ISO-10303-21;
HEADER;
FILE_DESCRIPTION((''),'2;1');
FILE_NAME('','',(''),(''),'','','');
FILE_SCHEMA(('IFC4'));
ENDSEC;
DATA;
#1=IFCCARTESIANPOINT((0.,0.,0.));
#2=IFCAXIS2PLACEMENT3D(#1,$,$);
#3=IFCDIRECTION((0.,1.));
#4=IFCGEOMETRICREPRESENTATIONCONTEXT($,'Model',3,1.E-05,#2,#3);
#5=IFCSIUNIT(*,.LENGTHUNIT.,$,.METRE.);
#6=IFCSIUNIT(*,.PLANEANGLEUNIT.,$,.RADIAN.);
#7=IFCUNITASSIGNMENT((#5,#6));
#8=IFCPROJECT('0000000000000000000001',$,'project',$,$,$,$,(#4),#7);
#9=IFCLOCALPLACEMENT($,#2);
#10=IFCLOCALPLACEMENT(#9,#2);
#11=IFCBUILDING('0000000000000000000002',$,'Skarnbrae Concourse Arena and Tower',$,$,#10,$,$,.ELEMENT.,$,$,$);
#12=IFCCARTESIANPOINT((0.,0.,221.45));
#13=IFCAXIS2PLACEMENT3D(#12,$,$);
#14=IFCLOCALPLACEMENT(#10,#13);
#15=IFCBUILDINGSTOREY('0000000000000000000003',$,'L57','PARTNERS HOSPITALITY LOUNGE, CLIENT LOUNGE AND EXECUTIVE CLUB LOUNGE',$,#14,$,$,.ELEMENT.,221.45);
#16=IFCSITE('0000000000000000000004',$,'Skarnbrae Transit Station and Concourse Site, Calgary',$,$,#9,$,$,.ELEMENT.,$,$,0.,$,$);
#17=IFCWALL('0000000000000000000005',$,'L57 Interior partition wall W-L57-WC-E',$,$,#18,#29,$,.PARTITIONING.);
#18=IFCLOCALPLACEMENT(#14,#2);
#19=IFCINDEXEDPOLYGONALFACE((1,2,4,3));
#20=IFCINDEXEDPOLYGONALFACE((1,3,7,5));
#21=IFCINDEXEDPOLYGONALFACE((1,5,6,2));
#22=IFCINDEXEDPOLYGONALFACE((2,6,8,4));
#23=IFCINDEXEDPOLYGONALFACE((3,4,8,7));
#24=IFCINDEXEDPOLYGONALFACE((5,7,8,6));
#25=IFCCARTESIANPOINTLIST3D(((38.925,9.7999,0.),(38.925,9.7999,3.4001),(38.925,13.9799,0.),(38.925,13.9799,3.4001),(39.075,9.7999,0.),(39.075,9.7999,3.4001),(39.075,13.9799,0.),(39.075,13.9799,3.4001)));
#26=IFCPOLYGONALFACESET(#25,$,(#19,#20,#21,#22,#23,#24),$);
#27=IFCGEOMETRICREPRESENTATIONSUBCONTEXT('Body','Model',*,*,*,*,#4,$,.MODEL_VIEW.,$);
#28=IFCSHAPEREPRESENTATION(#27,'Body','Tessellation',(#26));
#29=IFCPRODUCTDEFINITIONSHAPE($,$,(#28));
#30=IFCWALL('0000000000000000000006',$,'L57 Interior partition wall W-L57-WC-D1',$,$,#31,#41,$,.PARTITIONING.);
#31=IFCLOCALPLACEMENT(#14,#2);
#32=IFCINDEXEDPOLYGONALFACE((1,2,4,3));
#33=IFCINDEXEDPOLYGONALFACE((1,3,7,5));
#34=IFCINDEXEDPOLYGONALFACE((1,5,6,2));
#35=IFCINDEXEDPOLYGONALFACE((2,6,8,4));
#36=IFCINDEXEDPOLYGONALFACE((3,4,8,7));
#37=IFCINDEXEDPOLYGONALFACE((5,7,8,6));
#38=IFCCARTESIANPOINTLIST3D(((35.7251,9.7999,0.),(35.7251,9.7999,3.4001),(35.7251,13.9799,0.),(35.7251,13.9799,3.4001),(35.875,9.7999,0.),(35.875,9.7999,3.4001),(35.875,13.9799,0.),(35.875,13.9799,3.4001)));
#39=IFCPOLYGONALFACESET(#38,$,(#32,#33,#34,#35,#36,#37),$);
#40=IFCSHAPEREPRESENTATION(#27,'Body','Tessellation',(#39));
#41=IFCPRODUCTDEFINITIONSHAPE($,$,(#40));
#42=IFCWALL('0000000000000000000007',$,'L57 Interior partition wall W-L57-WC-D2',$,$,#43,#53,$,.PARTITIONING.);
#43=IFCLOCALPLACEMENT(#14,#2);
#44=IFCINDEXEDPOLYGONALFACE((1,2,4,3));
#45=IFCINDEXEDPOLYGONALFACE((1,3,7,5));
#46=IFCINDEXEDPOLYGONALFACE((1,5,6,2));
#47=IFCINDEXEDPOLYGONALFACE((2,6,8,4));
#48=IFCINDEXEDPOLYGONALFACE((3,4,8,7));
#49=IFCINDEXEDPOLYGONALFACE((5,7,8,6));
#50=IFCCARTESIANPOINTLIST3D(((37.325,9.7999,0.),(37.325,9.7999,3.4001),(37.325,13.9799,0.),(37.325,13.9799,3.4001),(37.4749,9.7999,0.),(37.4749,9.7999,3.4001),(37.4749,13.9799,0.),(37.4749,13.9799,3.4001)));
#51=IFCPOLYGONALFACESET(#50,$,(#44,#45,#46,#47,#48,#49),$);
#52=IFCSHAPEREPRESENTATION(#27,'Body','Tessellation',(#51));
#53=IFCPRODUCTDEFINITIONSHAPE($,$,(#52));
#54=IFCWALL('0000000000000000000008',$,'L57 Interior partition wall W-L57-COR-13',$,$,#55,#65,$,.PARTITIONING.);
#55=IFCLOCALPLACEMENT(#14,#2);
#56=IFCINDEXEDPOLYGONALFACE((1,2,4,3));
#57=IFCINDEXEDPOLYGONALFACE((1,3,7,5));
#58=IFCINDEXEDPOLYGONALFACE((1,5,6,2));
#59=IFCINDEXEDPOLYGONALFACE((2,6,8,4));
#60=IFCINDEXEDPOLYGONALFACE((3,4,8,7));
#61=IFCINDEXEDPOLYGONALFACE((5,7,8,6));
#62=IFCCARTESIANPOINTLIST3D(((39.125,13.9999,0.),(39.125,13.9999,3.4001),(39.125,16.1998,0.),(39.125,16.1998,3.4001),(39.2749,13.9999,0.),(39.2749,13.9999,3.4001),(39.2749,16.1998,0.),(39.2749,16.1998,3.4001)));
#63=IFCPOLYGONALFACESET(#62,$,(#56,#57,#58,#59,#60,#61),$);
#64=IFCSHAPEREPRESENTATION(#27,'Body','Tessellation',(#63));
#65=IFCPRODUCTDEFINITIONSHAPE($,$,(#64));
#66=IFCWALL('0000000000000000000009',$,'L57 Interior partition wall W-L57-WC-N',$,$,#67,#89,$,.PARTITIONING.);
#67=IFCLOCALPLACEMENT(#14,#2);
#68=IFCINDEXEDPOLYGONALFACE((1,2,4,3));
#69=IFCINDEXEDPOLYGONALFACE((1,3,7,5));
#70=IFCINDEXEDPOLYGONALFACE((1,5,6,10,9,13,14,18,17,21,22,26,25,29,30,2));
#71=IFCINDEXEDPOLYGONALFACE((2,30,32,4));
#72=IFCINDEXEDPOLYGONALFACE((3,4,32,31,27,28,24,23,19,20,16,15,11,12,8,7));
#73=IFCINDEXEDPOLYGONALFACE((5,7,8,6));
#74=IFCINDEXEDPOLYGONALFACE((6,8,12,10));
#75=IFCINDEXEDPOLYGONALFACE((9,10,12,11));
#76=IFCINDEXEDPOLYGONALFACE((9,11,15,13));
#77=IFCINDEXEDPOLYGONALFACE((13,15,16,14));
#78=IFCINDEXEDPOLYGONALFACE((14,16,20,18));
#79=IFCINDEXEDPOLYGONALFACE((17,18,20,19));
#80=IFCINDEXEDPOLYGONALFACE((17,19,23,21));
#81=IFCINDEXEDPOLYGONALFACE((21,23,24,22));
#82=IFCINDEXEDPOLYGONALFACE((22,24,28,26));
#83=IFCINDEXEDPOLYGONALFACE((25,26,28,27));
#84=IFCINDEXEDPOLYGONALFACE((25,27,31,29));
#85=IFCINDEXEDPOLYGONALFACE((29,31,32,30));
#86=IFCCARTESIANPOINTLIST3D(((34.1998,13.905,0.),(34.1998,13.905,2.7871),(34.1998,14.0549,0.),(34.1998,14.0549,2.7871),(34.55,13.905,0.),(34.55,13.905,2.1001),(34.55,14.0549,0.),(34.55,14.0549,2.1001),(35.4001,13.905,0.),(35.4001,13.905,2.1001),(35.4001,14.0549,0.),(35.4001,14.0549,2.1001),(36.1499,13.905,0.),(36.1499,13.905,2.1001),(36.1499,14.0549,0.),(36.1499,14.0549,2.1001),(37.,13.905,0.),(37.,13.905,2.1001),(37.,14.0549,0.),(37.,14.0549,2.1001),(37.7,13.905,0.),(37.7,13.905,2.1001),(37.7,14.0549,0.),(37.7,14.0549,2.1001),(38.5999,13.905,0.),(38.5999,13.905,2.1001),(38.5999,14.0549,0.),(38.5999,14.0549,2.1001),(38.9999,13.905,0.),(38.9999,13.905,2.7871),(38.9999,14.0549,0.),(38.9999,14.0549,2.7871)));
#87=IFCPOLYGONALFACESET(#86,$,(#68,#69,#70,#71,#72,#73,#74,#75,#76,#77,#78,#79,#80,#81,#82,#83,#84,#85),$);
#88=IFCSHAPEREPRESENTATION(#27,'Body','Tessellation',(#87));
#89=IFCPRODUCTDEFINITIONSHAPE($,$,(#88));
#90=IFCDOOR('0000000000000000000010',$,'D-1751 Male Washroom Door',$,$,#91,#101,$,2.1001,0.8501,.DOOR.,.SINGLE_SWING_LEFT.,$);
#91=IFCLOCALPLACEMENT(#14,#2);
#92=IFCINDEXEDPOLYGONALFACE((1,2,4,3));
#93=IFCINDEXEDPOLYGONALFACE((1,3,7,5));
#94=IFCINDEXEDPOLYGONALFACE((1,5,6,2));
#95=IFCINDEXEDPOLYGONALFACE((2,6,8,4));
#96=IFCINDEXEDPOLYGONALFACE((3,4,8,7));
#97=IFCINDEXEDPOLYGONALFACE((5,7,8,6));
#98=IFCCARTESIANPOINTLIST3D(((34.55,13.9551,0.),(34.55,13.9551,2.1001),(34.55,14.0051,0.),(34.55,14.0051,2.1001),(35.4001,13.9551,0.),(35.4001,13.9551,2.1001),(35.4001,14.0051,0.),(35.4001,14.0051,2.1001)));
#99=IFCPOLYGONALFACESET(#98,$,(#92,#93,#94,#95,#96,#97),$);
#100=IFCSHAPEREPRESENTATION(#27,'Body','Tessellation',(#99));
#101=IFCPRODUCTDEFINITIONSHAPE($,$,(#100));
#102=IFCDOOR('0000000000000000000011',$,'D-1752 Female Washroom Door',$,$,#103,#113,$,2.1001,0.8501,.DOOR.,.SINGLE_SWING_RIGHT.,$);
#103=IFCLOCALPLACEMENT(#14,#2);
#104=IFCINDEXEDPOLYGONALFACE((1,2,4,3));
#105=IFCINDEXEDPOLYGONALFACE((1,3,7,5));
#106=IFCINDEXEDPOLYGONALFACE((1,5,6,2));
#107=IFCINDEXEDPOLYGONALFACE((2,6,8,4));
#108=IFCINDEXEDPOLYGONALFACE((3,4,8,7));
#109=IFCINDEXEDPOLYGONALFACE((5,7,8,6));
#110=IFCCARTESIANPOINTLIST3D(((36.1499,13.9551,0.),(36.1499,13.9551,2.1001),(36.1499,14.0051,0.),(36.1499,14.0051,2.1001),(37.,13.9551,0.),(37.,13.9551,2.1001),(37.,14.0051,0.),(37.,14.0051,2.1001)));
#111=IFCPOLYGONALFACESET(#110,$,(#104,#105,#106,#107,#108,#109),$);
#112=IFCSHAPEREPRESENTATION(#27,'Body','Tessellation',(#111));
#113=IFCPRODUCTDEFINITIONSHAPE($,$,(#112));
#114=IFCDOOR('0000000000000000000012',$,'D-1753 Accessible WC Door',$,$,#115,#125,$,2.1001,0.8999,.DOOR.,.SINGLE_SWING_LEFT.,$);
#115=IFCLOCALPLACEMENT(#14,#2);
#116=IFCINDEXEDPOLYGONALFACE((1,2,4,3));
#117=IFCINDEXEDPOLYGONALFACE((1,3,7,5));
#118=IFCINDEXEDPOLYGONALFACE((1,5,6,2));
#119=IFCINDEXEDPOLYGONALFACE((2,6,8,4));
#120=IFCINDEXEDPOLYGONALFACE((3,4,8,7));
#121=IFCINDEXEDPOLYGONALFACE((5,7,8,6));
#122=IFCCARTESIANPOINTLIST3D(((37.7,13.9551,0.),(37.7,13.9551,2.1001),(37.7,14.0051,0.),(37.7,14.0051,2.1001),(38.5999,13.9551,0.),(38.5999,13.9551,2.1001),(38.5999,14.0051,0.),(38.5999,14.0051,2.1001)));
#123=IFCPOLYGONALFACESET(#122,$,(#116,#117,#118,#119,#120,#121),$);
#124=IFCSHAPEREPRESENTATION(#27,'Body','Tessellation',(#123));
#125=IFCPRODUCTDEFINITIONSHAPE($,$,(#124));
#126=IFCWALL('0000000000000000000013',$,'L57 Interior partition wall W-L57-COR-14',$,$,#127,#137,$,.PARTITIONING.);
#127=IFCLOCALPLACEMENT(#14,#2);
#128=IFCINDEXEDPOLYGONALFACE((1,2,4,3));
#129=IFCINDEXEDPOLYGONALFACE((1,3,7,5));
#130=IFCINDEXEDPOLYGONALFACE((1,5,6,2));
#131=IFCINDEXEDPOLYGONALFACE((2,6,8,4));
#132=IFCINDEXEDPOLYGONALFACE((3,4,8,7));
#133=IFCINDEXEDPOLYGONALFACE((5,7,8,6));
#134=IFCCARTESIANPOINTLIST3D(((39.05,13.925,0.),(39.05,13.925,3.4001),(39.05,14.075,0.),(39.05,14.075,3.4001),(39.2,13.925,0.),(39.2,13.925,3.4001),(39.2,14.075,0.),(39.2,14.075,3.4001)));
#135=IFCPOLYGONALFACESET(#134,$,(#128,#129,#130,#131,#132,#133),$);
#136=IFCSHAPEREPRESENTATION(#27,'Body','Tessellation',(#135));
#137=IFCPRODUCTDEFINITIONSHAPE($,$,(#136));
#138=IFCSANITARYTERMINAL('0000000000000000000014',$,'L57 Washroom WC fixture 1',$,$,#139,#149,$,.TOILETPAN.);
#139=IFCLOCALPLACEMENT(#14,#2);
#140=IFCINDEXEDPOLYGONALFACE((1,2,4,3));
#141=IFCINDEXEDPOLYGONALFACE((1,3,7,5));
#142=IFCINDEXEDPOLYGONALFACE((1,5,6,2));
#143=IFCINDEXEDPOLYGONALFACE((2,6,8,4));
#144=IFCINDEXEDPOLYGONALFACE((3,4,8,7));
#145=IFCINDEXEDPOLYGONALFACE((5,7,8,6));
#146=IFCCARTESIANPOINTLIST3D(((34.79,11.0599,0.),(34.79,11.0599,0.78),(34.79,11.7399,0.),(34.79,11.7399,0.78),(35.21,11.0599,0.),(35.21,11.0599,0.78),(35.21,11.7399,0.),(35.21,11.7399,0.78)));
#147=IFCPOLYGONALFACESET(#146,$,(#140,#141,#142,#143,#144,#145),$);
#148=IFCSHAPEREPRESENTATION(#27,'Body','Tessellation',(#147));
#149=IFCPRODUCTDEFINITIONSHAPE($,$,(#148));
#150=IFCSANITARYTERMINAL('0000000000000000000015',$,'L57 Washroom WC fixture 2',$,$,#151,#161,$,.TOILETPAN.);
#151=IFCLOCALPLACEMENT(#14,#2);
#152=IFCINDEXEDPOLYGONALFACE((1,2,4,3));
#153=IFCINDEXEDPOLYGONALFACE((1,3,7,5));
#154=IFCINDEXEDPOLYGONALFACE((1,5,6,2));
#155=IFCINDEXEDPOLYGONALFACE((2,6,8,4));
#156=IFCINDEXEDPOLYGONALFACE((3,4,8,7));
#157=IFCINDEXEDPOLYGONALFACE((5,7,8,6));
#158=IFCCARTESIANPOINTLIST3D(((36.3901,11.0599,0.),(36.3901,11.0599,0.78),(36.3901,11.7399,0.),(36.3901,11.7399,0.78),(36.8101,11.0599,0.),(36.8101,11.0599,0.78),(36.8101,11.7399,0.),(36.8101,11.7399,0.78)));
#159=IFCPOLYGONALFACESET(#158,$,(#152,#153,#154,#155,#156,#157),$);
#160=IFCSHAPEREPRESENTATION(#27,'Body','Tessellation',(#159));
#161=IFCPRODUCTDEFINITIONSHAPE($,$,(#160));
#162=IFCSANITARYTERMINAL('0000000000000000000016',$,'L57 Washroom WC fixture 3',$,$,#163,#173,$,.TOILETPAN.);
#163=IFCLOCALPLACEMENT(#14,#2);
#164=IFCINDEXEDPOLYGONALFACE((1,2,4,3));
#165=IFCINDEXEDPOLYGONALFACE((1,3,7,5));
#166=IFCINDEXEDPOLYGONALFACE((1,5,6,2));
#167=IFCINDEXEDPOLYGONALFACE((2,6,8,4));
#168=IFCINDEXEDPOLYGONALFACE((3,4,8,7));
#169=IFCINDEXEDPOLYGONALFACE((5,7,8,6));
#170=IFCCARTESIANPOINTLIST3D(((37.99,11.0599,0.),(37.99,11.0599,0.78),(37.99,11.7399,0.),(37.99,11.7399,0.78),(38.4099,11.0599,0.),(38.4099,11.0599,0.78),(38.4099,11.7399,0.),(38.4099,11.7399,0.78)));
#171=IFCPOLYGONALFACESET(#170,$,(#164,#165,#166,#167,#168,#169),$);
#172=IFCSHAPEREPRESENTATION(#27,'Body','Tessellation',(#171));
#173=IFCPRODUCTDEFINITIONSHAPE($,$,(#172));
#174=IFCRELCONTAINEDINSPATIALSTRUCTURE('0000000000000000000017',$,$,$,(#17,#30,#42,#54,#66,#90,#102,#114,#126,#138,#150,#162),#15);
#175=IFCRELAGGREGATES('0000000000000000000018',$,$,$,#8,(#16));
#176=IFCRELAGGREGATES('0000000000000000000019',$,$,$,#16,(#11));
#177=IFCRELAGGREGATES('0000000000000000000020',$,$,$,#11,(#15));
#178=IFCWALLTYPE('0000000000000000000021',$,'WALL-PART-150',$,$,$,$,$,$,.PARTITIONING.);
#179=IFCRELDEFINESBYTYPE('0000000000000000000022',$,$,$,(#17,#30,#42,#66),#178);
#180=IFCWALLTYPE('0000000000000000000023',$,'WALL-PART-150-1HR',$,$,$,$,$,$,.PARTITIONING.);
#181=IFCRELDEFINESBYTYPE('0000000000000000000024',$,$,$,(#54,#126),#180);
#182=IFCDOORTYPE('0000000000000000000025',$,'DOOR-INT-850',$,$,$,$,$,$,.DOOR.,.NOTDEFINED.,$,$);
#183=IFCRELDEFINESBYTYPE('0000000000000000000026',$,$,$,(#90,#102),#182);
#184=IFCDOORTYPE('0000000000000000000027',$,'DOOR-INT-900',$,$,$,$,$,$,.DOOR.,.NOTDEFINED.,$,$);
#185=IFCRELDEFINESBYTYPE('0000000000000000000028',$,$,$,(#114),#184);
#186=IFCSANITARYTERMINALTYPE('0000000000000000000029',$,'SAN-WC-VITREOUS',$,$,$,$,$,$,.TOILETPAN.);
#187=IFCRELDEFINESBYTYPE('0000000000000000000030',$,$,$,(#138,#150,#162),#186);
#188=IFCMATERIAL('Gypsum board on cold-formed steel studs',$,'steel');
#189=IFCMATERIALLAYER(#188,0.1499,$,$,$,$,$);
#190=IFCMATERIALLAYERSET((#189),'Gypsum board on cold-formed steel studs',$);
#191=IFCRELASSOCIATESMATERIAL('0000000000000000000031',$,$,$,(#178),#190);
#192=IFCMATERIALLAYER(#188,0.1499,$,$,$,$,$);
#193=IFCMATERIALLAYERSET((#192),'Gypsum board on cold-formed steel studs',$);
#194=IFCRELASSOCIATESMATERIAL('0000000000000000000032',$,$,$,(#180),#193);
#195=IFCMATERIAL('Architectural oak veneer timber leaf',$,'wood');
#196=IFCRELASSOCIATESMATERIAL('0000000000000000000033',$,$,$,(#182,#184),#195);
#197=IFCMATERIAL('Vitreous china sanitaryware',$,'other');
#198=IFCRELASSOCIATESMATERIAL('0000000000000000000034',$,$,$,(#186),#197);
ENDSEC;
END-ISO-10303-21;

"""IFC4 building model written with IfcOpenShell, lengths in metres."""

from ifc_helpers import new_model, si_unit, direction, frame, frame_2d, origin, origin_2d, place, context, subcontext, project, spatial, rectangle, extrude, source, transform, mapped, material, layer, layer_set, type_object, element, fill, save


model = new_model("IFC4")

# Units and contexts
model_context = context("Model", 3, precision=1e-05, world=origin(), true_north=direction((0.0, 1.0)))
body_context = subcontext(model_context, "Body", "Model", "MODEL_VIEW")
ifc_project = project(units=[si_unit("LENGTHUNIT", "METRE"), si_unit("PLANEANGLEUNIT", "RADIAN")], contexts=[model_context])

# Site, building, storey
site_placement = place(None, origin())
site = spatial("IfcSite", under=ifc_project, at=site_placement, Name="Skarnbrae Transit Station and Concourse Site, Calgary", CompositionType="ELEMENT", RefElevation=0.0)
building_placement = place(site_placement, origin())
building = spatial("IfcBuilding", under=site, at=building_placement, Name="Skarnbrae Concourse Arena and Tower", CompositionType="ELEMENT")
storey_placement = place(building_placement, frame((0.0, 0.0, 221.45)))
storey = spatial("IfcBuildingStorey", under=building, at=storey_placement, Name="L57", Description="PARTNERS HOSPITALITY LOUNGE, CLIENT LOUNGE AND EXECUTIVE CLUB LOUNGE", CompositionType="ELEMENT", Elevation=221.45)

# Walls
ifc_material_1 = material(Name="Gypsum board on cold-formed steel studs", Category="steel")
ifc_layer_1 = layer(ifc_material_1, 0.1499)
ifc_layer_set_1 = layer_set([ifc_layer_1], Name="Gypsum board on cold-formed steel studs")
wall_type_1 = type_object("IfcWallType", Name="WALL-PART-150", PredefinedType="PARTITIONING", material=ifc_layer_set_1)
shared_shape_1 = source(origin(), body_context, "Body", "SweptSolid", [
    extrude(rectangle(XDim=4.1799, YDim=0.1499, at=frame_2d((2.0898, 0.0))), origin(), (0.0, 0.0, 1.0), 3.4001),
])
for number, where, z_axis, x_axis, name in (
    (1, (39.0, 9.8, 0.0), (0.0, 0.0, 1.0), (0.0, 1.0, 0.0), "L57 Interior partition wall W-L57-WC-E"),
    (2, (35.8, 9.8, 0.0), (0.0, 0.0, 1.0), (0.0, 1.0, 0.0), "L57 Interior partition wall W-L57-WC-D1"),
    (3, (37.3999, 9.8, 0.0), (0.0, 0.0, 1.0), (0.0, 1.0, 0.0), "L57 Interior partition wall W-L57-WC-D2"),
):
    element("IfcWall", number, at=place(storey_placement, frame(where, z_axis=z_axis, x_axis=x_axis)), inside=storey, type_object=wall_type_1, Name=name, PredefinedType="PARTITIONING", context=body_context, shape_type="MappedRepresentation", body=[
        mapped(shared_shape_1, transform((0.0, 0.0, 0.0))),
    ])
ifc_layer_2 = layer(ifc_material_1, 0.1499)
ifc_layer_set_2 = layer_set([ifc_layer_2], Name="Gypsum board on cold-formed steel studs")
wall_type_2 = type_object("IfcWallType", Name="WALL-PART-150-1HR", PredefinedType="PARTITIONING", material=ifc_layer_set_2)
shared_shape_2 = source(origin(), body_context, "Body", "SweptSolid", [
    extrude(rectangle(XDim=2.2, YDim=0.1499, at=frame_2d((1.1001, 0.0))), origin(), (0.0, 0.0, 1.0), 3.4001),
])
wall_1_placement = place(storey_placement, frame((39.2, 16.2, 0.0), z_axis=(0.0, 0.0, 1.0), x_axis=(0.0, -1.0, 0.0)))
element("IfcWall", 4, at=wall_1_placement, inside=storey, type_object=wall_type_2, Name="L57 Interior partition wall W-L57-COR-13", PredefinedType="PARTITIONING", context=body_context, shape_type="MappedRepresentation", body=[
    mapped(shared_shape_2, transform((0.0, 0.0, 0.0))),
])

# Wall, openings, doors
shared_shape_3 = source(origin(), body_context, "Body", "SweptSolid", [
    extrude(rectangle(XDim=4.8, YDim=0.1499, at=frame_2d((2.3999, 0.0))), origin(), (0.0, 0.0, 1.0), 2.7871),
])
wall_2_placement = place(storey_placement, frame((34.2, 13.98, 0.0), z_axis=(0.0, 0.0, 1.0), x_axis=(1.0, 0.0, 0.0)))
wall_2 = element("IfcWall", 5, at=wall_2_placement, inside=storey, type_object=wall_type_1, Name="L57 Interior partition wall W-L57-WC-N", PredefinedType="PARTITIONING", context=body_context, shape_type="MappedRepresentation", body=[
    mapped(shared_shape_3, transform((0.0, 0.0, 0.0))),
])
opening_1_placement = place(wall_2_placement, frame((0.3501, 0.0, 0.0)))
opening_1 = element("IfcOpeningElement", 6, at=opening_1_placement, cuts=wall_2, PredefinedType="OPENING", context=body_context, shape_type="SweptSolid", body=[
    extrude(rectangle(XDim=0.8501, YDim=2.1001, at=frame_2d((0.425, 1.05))), frame((0.0, 0.085, 0.0), z_axis=(0.0, -1.0, 0.0), x_axis=(1.0, 0.0, 0.0)), (0.0, 0.0, 1.0), 0.1699),
])
opening_2_placement = place(wall_2_placement, frame((1.95, 0.0, 0.0)))
opening_2 = element("IfcOpeningElement", 7, at=opening_2_placement, cuts=wall_2, PredefinedType="OPENING", context=body_context, shape_type="SweptSolid", body=[
    extrude(rectangle(XDim=0.8501, YDim=2.1001, at=frame_2d((0.425, 1.05))), frame((0.0, 0.085, 0.0), z_axis=(0.0, -1.0, 0.0), x_axis=(1.0, 0.0, 0.0)), (0.0, 0.0, 1.0), 0.1699),
])
opening_3_placement = place(wall_2_placement, frame((3.5, 0.0, 0.0)))
opening_3 = element("IfcOpeningElement", 8, at=opening_3_placement, cuts=wall_2, PredefinedType="OPENING", context=body_context, shape_type="SweptSolid", body=[
    extrude(rectangle(XDim=0.8999, YDim=2.1001, at=frame_2d((0.45, 1.05))), frame((0.0, 0.085, 0.0), z_axis=(0.0, -1.0, 0.0), x_axis=(1.0, 0.0, 0.0)), (0.0, 0.0, 1.0), 0.1699),
])
ifc_material_2 = material(Name="Architectural oak veneer timber leaf", Category="wood")
door_type_1 = type_object("IfcDoorType", Name="DOOR-INT-850", OperationType="NOTDEFINED", PredefinedType="DOOR", material=ifc_material_2)
shared_shape_4 = source(origin(), body_context, "Body", "SweptSolid", [
    extrude(rectangle(XDim=0.8501, YDim=2.1001, at=frame_2d((0.425, 1.05))), frame((0.0, 0.0249, 0.0), z_axis=(0.0, -1.0, 0.0), x_axis=(1.0, 0.0, 0.0)), (0.0, 0.0, 1.0), 0.05),
])
door_1_placement = place(opening_1_placement, frame((0.8501, 0.0, 0.0), z_axis=(0.0, 0.0, 1.0), x_axis=(-1.0, 0.0, 0.0)))
door_1 = element("IfcDoor", 9, at=door_1_placement, inside=storey, type_object=door_type_1, Name="D-1751 Male Washroom Door", OperationType="SINGLE_SWING_LEFT", OverallHeight=2.1001, OverallWidth=0.8501, PredefinedType="DOOR", context=body_context, shape_type="MappedRepresentation", body=[
    mapped(shared_shape_4, transform((0.0, 0.0, 0.0))),
])
fill(opening_1, door_1)
door_2_placement = place(opening_2_placement, frame((0.8501, 0.0, 0.0), z_axis=(0.0, 0.0, 1.0), x_axis=(-1.0, 0.0, 0.0)))
door_2 = element("IfcDoor", 10, at=door_2_placement, inside=storey, type_object=door_type_1, Name="D-1752 Female Washroom Door", OperationType="SINGLE_SWING_RIGHT", OverallHeight=2.1001, OverallWidth=0.8501, PredefinedType="DOOR", context=body_context, shape_type="MappedRepresentation", body=[
    mapped(shared_shape_4, transform((0.0, 0.0, 0.0))),
])
fill(opening_2, door_2)
door_type_2 = type_object("IfcDoorType", Name="DOOR-INT-900", OperationType="NOTDEFINED", PredefinedType="DOOR", material=ifc_material_2)
shared_shape_5 = source(origin(), body_context, "Body", "SweptSolid", [
    extrude(rectangle(XDim=0.8999, YDim=2.1001, at=frame_2d((0.45, 1.05))), frame((0.0, 0.0249, 0.0), z_axis=(0.0, -1.0, 0.0), x_axis=(1.0, 0.0, 0.0)), (0.0, 0.0, 1.0), 0.05),
])
door_3_placement = place(opening_3_placement, frame((0.8999, 0.0, 0.0), z_axis=(0.0, 0.0, 1.0), x_axis=(-1.0, 0.0, 0.0)))
door_3 = element("IfcDoor", 11, at=door_3_placement, inside=storey, type_object=door_type_2, Name="D-1753 Accessible WC Door", OperationType="SINGLE_SWING_LEFT", OverallHeight=2.1001, OverallWidth=0.8999, PredefinedType="DOOR", context=body_context, shape_type="MappedRepresentation", body=[
    mapped(shared_shape_5, transform((0.0, 0.0, 0.0))),
])
fill(opening_3, door_3)

# Wall
shared_shape_6 = source(origin(), body_context, "Body", "SweptSolid", [
    extrude(rectangle(XDim=0.1499, YDim=0.1499, at=frame_2d((0.075, 0.0))), origin(), (0.0, 0.0, 1.0), 3.4001),
])
wall_3_placement = place(storey_placement, frame((39.2, 14.0, 0.0), z_axis=(0.0, 0.0, 1.0), x_axis=(-1.0, 0.0, 0.0)))
element("IfcWall", 12, at=wall_3_placement, inside=storey, type_object=wall_type_2, Name="L57 Interior partition wall W-L57-COR-14", PredefinedType="PARTITIONING", context=body_context, shape_type="MappedRepresentation", body=[
    mapped(shared_shape_6, transform((0.0, 0.0, 0.0))),
])

# Sanitary terminals
ifc_material_3 = material(Name="Vitreous china sanitaryware", Category="other")
sanitary_terminal_type = type_object("IfcSanitaryTerminalType", Name="SAN-WC-VITREOUS", PredefinedType="TOILETPAN", material=ifc_material_3)
shared_shape_7 = source(origin(), body_context, "Body", "SweptSolid", [
    extrude(rectangle(XDim=0.4199, YDim=0.6799, at=origin_2d()), origin(), (0.0, 0.0, 1.0), 0.78),
])
for number, where, z_axis, x_axis, name in (
    (13, (35.0, 11.3999, 0.0), (0.0, 0.0, 1.0), (1.0, 0.0, 0.0), "L57 Washroom WC fixture 1"),
    (14, (36.6001, 11.3999, 0.0), (0.0, 0.0, 1.0), (1.0, 0.0, 0.0), "L57 Washroom WC fixture 2"),
    (15, (38.2, 11.3999, 0.0), (0.0, 0.0, 1.0), (1.0, 0.0, 0.0), "L57 Washroom WC fixture 3"),
):
    element("IfcSanitaryTerminal", number, at=place(storey_placement, frame(where, z_axis=z_axis, x_axis=x_axis)), inside=storey, type_object=sanitary_terminal_type, Name=name, PredefinedType="TOILETPAN", context=body_context, shape_type="MappedRepresentation", body=[
        mapped(shared_shape_7, transform((0.0, 0.0, 0.0))),
    ])

save(model, "model.ifc")
